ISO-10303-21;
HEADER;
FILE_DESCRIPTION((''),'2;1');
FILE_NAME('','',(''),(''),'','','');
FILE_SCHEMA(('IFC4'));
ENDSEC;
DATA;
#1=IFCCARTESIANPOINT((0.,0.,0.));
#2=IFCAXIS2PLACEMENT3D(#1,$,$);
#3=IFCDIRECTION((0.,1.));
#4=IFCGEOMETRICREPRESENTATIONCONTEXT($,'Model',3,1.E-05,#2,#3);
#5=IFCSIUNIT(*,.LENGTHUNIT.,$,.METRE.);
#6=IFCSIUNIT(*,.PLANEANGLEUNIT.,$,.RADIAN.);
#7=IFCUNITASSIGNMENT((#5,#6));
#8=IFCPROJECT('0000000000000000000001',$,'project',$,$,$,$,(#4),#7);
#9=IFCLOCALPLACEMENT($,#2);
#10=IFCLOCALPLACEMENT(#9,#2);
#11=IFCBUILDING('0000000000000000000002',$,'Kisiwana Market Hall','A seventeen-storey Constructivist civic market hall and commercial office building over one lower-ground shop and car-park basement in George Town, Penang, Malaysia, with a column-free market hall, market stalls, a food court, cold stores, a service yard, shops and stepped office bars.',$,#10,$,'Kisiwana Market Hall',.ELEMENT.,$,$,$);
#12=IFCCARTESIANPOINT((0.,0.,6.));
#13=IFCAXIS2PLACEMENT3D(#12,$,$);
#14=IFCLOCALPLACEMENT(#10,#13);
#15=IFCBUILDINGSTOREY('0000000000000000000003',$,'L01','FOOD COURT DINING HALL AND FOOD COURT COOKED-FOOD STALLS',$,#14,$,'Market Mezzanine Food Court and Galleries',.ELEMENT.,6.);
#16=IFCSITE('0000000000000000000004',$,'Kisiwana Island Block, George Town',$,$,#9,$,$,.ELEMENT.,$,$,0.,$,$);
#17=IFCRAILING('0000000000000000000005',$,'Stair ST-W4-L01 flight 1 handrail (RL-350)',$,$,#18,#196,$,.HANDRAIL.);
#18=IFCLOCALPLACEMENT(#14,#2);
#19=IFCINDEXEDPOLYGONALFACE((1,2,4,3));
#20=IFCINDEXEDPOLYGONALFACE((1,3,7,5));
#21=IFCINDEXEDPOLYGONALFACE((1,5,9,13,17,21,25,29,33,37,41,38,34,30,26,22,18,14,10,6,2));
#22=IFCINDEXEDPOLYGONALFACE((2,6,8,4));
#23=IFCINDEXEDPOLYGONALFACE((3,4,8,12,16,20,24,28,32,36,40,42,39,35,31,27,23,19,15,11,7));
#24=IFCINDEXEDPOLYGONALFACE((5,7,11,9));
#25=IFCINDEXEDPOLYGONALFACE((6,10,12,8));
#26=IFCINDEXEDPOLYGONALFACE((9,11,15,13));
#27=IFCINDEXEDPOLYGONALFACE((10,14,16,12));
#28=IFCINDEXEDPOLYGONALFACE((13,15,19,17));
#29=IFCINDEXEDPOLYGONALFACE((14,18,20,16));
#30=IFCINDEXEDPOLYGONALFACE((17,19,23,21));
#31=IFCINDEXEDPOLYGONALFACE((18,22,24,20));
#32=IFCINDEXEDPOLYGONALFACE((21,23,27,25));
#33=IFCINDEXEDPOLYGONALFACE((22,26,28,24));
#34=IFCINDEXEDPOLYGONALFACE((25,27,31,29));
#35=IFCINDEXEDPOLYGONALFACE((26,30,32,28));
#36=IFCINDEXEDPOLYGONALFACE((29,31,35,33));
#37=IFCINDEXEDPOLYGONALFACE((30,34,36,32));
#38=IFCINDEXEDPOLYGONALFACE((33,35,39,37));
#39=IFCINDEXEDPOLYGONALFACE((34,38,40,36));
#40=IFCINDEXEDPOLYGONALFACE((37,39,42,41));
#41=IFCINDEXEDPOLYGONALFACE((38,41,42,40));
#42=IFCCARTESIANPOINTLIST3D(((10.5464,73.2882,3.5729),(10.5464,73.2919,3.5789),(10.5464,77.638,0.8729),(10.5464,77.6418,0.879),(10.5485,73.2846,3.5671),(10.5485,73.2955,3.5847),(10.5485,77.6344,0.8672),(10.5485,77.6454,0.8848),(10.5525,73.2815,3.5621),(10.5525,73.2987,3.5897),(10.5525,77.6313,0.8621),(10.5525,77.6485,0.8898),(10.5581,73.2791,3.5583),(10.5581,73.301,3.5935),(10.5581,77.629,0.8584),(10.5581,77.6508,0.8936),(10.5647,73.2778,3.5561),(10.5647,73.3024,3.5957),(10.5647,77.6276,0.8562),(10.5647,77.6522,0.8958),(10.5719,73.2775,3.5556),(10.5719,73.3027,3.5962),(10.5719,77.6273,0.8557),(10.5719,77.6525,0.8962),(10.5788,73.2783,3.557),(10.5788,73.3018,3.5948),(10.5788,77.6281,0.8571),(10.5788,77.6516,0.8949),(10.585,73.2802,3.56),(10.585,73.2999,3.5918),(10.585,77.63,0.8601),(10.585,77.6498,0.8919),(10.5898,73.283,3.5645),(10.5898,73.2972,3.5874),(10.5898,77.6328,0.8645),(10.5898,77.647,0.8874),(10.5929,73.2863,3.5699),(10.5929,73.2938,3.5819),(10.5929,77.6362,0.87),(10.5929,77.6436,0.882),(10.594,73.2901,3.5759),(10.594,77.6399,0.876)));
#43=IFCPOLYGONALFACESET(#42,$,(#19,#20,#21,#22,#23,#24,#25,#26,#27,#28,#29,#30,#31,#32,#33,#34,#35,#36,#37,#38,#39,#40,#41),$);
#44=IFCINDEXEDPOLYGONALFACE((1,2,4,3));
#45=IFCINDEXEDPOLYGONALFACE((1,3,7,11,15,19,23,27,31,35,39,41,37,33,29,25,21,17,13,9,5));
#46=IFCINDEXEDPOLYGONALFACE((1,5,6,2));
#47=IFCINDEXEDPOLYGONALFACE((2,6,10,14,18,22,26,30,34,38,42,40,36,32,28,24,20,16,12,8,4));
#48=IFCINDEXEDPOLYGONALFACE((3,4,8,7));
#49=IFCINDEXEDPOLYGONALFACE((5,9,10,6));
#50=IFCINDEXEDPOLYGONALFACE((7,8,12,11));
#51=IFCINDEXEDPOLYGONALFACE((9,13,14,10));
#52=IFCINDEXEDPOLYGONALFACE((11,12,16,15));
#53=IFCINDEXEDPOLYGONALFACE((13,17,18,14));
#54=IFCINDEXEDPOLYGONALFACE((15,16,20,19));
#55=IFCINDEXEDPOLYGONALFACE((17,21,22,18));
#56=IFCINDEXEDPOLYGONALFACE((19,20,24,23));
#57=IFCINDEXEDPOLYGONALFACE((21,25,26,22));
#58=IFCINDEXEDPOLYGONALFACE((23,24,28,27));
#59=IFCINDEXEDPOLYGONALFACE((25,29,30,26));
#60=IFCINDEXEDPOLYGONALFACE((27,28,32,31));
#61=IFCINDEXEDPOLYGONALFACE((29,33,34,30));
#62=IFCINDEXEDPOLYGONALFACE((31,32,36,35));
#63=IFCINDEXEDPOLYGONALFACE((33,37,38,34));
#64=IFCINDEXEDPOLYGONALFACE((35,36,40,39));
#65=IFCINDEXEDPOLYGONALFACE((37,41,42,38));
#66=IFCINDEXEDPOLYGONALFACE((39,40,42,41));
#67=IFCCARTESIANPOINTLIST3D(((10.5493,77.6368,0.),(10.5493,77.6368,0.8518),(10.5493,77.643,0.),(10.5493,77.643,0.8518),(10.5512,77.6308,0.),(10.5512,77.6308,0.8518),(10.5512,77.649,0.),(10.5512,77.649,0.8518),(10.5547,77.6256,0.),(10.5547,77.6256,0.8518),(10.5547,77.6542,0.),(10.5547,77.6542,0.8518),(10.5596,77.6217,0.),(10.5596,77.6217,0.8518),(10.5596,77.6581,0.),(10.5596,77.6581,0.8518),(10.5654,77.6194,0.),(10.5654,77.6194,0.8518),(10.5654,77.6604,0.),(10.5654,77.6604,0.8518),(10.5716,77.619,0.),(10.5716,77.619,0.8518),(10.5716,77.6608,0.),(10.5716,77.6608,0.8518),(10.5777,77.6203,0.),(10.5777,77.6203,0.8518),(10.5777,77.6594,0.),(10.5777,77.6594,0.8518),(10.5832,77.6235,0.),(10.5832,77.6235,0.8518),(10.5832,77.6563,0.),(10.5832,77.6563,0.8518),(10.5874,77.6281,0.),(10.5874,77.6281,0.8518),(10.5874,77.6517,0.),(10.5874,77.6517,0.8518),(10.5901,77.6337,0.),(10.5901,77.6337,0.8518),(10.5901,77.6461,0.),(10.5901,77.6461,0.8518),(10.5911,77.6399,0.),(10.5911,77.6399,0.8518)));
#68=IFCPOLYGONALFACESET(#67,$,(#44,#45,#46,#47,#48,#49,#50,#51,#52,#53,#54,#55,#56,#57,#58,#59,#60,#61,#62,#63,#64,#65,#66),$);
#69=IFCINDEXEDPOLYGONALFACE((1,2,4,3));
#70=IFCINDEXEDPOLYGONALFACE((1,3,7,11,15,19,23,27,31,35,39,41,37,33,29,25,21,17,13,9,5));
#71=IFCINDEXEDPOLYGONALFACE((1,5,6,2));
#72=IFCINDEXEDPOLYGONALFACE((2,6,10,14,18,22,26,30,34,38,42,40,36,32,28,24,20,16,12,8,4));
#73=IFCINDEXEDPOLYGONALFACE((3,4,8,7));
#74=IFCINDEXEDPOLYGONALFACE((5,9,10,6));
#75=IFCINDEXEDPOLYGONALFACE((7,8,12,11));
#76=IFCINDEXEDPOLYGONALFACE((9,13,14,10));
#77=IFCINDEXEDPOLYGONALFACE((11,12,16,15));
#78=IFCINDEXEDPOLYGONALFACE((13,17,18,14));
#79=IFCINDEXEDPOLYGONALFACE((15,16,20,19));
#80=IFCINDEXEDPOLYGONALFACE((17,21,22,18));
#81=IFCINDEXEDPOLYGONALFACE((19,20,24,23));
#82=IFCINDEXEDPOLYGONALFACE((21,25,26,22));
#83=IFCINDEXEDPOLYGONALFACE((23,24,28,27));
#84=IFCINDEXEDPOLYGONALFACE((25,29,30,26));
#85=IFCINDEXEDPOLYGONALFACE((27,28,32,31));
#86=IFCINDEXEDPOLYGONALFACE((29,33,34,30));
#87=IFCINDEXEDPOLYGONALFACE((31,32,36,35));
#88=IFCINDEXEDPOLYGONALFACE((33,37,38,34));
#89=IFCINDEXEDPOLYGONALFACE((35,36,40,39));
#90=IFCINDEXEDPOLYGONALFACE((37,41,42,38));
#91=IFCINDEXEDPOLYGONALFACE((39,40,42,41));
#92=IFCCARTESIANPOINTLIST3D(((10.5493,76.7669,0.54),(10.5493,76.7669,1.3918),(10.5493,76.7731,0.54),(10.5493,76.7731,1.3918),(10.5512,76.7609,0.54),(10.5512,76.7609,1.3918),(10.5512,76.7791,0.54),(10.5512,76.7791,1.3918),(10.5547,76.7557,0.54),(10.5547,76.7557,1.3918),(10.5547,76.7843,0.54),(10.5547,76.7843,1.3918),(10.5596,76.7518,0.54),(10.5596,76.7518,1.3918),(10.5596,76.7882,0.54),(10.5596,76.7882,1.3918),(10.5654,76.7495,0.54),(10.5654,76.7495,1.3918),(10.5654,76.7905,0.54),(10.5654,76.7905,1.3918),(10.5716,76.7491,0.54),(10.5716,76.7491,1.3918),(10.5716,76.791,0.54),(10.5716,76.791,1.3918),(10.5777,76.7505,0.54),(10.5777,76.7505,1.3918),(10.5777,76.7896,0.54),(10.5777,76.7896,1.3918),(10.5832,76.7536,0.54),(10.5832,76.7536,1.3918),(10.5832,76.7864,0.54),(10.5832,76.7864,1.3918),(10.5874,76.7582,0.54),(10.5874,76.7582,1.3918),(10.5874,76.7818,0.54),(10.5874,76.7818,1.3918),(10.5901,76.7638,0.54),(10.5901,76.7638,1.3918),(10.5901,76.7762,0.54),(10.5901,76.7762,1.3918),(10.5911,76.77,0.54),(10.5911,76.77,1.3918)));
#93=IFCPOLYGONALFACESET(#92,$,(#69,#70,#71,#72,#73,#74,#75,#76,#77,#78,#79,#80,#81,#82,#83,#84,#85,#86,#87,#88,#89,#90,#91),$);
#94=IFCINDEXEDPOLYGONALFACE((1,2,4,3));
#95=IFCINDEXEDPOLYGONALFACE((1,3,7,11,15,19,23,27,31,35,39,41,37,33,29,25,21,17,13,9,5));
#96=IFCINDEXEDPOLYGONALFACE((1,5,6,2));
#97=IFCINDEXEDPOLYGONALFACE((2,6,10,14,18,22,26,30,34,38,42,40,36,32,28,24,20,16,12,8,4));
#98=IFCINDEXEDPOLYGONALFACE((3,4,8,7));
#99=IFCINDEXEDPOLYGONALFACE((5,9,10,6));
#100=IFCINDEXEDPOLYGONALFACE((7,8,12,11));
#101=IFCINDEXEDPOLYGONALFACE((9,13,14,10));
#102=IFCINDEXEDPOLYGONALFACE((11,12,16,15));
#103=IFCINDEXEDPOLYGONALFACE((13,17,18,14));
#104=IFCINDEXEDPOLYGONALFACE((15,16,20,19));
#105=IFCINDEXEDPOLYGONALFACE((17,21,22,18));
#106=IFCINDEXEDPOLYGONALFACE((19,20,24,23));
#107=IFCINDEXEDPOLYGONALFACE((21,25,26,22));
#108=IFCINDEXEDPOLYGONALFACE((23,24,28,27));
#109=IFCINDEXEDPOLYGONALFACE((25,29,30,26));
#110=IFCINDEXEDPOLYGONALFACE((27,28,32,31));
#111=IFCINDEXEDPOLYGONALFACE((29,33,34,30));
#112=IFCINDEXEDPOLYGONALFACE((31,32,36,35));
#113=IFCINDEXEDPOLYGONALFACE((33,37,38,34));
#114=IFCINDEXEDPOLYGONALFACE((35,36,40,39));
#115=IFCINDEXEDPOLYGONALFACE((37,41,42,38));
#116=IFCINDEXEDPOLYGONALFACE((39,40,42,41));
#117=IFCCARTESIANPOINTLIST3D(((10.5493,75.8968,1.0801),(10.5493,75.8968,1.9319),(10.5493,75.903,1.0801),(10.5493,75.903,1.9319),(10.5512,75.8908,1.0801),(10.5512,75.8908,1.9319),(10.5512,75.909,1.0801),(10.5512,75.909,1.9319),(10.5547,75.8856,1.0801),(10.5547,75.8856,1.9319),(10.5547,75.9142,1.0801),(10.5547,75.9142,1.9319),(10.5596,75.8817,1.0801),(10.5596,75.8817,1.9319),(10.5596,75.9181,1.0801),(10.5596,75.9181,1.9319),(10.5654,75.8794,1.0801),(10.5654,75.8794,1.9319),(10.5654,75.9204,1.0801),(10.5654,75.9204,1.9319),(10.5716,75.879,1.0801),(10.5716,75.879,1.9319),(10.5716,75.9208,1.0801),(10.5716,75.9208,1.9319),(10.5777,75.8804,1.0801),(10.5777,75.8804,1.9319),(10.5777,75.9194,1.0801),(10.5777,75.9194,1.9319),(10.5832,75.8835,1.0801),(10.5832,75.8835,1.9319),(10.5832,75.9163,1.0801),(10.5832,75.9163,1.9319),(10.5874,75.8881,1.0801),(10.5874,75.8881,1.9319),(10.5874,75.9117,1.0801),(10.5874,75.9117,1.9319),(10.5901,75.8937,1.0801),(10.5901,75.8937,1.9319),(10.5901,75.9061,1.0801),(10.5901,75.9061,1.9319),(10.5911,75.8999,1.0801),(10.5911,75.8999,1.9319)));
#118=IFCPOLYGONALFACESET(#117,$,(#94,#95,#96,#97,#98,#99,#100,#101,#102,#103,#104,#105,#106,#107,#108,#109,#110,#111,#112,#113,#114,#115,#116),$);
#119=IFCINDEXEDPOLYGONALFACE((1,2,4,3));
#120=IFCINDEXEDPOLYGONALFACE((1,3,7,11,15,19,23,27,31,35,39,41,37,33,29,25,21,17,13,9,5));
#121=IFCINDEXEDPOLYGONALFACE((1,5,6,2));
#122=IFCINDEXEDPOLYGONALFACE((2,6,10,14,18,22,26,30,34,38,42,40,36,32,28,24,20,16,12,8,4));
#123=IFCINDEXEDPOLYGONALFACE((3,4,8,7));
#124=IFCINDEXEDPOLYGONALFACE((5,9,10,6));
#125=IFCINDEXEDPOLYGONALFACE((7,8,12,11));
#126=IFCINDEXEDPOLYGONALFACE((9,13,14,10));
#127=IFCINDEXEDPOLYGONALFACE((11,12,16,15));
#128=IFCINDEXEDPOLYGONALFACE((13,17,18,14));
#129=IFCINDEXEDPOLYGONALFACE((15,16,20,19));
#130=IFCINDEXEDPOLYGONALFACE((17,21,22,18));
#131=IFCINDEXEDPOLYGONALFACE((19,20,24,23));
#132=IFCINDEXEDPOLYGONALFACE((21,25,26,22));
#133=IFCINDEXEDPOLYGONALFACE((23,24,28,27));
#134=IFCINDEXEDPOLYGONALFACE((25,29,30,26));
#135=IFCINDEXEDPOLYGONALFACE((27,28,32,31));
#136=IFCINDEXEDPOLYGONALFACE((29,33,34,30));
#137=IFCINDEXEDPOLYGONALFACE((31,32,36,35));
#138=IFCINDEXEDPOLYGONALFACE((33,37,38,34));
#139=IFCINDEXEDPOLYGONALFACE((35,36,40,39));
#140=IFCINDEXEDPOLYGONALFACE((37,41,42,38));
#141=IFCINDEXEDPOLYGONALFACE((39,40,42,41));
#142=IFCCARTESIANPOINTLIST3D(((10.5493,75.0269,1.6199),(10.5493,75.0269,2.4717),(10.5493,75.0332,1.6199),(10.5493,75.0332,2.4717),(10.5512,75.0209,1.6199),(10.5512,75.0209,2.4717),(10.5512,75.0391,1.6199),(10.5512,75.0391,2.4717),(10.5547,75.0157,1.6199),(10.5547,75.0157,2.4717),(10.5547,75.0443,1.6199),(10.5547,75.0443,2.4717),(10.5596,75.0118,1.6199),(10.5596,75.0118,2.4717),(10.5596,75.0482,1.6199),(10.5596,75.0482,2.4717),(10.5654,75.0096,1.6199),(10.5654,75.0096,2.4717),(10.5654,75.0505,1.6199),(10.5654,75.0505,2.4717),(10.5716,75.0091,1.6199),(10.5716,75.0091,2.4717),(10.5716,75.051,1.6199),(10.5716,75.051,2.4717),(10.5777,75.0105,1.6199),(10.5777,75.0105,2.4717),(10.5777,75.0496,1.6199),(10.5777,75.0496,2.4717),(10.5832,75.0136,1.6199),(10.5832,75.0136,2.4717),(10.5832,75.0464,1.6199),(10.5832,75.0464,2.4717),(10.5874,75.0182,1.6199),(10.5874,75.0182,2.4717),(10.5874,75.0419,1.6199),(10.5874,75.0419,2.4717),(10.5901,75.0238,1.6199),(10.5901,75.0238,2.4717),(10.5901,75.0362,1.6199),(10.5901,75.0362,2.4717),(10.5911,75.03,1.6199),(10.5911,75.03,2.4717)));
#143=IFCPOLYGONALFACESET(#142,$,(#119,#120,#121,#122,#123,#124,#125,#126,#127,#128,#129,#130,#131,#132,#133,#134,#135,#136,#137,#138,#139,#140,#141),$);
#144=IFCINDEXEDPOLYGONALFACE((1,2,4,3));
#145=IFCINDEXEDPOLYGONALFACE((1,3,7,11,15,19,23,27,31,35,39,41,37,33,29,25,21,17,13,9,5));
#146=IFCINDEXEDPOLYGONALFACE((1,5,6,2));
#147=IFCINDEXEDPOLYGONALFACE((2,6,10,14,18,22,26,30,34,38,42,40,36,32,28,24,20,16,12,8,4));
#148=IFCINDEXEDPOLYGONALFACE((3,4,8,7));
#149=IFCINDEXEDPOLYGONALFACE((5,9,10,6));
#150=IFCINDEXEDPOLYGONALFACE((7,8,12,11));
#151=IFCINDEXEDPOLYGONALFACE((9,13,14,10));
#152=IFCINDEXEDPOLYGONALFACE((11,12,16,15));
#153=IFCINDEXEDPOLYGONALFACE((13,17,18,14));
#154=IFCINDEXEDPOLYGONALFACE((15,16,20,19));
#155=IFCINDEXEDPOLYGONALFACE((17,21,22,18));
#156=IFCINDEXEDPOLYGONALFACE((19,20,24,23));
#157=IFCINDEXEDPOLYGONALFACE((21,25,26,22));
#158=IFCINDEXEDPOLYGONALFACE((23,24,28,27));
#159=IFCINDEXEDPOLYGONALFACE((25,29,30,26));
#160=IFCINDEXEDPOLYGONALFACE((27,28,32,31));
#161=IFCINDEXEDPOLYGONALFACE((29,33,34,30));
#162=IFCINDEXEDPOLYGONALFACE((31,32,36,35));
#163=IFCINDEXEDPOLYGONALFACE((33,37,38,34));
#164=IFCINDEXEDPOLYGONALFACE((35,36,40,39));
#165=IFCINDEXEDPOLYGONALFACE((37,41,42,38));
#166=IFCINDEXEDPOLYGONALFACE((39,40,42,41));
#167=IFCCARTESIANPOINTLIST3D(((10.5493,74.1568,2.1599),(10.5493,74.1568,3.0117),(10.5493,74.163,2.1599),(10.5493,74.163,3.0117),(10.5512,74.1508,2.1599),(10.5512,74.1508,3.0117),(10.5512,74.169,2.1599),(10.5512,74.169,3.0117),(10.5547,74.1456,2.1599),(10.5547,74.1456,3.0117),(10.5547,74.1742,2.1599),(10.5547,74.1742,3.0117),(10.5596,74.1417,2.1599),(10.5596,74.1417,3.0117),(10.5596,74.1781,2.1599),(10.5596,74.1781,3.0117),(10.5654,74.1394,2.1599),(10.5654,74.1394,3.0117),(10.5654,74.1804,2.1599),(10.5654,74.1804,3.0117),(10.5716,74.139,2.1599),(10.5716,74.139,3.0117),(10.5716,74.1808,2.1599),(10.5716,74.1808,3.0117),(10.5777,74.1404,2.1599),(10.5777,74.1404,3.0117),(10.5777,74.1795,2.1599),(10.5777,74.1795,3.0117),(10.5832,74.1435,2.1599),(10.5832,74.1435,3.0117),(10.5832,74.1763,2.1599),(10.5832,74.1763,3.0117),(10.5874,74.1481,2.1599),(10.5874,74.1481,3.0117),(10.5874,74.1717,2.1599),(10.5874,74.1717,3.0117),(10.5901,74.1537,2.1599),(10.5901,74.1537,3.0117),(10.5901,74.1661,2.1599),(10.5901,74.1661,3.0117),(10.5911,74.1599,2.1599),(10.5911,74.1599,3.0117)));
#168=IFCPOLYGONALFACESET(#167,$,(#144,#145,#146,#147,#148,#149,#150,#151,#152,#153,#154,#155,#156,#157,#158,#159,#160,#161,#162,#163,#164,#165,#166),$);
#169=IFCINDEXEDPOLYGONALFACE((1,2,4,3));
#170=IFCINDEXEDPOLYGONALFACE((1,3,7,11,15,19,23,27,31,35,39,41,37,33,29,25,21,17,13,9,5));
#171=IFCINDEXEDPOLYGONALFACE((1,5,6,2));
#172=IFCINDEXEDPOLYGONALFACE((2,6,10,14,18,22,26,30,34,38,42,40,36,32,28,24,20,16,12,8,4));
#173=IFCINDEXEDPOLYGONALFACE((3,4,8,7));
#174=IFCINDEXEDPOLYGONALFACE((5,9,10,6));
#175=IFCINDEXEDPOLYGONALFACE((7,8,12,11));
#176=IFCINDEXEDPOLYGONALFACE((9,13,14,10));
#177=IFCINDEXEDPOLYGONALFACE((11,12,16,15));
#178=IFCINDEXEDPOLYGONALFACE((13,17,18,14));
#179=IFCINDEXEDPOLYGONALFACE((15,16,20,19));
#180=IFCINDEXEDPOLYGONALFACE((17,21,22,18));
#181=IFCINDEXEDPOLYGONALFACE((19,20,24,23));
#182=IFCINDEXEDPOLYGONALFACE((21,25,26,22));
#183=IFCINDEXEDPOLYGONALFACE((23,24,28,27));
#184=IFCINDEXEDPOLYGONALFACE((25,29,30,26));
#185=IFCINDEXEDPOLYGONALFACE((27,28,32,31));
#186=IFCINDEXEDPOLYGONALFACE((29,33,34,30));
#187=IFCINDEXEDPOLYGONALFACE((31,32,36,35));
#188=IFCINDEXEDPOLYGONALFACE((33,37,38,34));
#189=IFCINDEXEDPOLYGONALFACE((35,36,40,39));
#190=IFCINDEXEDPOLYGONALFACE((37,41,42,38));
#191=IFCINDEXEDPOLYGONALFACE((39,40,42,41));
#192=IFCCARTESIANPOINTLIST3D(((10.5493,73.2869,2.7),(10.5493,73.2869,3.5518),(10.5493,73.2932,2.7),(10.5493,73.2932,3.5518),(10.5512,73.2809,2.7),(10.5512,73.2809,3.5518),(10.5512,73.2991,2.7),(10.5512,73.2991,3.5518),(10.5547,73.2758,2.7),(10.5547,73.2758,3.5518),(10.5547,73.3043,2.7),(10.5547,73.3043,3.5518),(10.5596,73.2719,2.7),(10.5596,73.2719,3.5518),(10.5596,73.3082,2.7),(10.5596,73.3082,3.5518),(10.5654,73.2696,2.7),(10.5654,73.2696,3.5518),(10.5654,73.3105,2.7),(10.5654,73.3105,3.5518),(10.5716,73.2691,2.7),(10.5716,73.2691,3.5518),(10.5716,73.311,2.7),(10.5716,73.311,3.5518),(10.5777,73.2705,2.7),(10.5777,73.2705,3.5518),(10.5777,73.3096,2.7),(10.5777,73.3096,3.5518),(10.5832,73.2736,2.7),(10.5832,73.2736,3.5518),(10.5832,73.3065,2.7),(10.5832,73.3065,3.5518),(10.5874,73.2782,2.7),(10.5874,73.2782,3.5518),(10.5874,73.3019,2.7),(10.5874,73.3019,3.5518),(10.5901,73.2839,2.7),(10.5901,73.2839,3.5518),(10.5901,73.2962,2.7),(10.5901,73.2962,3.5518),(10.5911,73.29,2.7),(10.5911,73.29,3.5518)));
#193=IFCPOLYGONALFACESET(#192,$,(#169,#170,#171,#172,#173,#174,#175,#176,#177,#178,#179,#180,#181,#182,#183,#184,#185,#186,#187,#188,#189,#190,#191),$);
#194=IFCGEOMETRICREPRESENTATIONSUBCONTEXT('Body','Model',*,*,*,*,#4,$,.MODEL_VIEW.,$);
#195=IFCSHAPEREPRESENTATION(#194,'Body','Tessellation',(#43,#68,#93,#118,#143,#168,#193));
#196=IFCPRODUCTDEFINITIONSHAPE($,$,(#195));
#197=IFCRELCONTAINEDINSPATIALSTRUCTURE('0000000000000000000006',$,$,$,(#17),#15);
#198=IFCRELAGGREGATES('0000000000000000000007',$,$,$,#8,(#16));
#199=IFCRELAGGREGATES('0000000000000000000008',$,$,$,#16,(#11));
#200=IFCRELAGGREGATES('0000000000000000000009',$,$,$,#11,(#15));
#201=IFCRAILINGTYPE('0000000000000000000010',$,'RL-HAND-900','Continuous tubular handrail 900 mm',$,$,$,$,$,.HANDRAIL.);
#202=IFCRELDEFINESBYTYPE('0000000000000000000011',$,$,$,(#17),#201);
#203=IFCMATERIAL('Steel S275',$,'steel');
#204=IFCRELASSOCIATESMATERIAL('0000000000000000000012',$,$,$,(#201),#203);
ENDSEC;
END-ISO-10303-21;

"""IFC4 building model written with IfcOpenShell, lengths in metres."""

from ifc_helpers import new_model, si_unit, direction, frame, origin, origin_2d, place, context, subcontext, project, spatial, circle, extrude, material, type_object, element, save


model = new_model("IFC4")

# Units and contexts
model_context = context("Model", 3, precision=1e-05, world=origin(), true_north=direction((0.0, 1.0)))
body_context = subcontext(model_context, "Body", "Model", "MODEL_VIEW")
ifc_project = project(units=[si_unit("LENGTHUNIT", "METRE"), si_unit("PLANEANGLEUNIT", "RADIAN")], contexts=[model_context])

# Site, building, storey
site_placement = place(None, origin())
site = spatial("IfcSite", under=ifc_project, at=site_placement, Name="Kisiwana Island Block, George Town", CompositionType="ELEMENT", RefElevation=0.0)
building_placement = place(site_placement, origin())
building = spatial("IfcBuilding", under=site, at=building_placement, Name="Kisiwana Market Hall", Description="A seventeen-storey Constructivist civic market hall and commercial office building over one lower-ground shop and car-park basement in George Town, Penang, Malaysia, with a column-free market hall, market stalls, a food court, cold stores, a service yard, shops and stepped office bars.", LongName="Kisiwana Market Hall", CompositionType="ELEMENT")
storey_placement = place(building_placement, frame((0.0, 0.0, 6.0)))
storey = spatial("IfcBuildingStorey", under=building, at=storey_placement, Name="L01", Description="FOOD COURT DINING HALL AND FOOD COURT COOKED-FOOD STALLS", LongName="Market Mezzanine Food Court and Galleries", CompositionType="ELEMENT", Elevation=6.0)

# Railing
ifc_material_1 = material(Name="Steel S275", Category="steel")
railing_type_1 = type_object("IfcRailingType", Name="RL-HAND-900", Description="Continuous tubular handrail 900 mm", PredefinedType="HANDRAIL", material=ifc_material_1)
for number, where, name in (
    (1, (10.5701, 77.6399, 0.0), "Stair ST-W4-L01 flight 1 handrail (RL-350)"),
):
    element("IfcRailing", number, at=place(storey_placement, frame(where)), inside=storey, type_object=railing_type_1, Name=name, PredefinedType="HANDRAIL", context=body_context, shape_type="SweptSolid", body=[
        extrude(circle(Radius=0.0239, at=origin_2d()), frame((0.0, 0.0, 0.876), z_axis=(0.0, -0.849636, 0.527369), x_axis=(1.0, 0.0, 0.0)), (0.0, 0.0, 1.0), 5.1196),
        extrude(circle(Radius=0.021, at=origin_2d()), origin(), (0.0, 0.0, 1.0), 0.8518),
        extrude(circle(Radius=0.021, at=origin_2d()), frame((0.0, -0.8699, 0.54)), (0.0, 0.0, 1.0), 0.8518),
        extrude(circle(Radius=0.021, at=origin_2d()), frame((0.0, -1.74, 1.0801)), (0.0, 0.0, 1.0), 0.8518),
        extrude(circle(Radius=0.021, at=origin_2d()), frame((0.0, -2.6099, 1.6199)), (0.0, 0.0, 1.0), 0.8518),
        extrude(circle(Radius=0.021, at=origin_2d()), frame((0.0, -3.48, 2.1599)), (0.0, 0.0, 1.0), 0.8518),
        extrude(circle(Radius=0.021, at=origin_2d()), frame((0.0, -4.3499, 2.7)), (0.0, 0.0, 1.0), 0.8518),
    ])

save(model, "model.ifc")
